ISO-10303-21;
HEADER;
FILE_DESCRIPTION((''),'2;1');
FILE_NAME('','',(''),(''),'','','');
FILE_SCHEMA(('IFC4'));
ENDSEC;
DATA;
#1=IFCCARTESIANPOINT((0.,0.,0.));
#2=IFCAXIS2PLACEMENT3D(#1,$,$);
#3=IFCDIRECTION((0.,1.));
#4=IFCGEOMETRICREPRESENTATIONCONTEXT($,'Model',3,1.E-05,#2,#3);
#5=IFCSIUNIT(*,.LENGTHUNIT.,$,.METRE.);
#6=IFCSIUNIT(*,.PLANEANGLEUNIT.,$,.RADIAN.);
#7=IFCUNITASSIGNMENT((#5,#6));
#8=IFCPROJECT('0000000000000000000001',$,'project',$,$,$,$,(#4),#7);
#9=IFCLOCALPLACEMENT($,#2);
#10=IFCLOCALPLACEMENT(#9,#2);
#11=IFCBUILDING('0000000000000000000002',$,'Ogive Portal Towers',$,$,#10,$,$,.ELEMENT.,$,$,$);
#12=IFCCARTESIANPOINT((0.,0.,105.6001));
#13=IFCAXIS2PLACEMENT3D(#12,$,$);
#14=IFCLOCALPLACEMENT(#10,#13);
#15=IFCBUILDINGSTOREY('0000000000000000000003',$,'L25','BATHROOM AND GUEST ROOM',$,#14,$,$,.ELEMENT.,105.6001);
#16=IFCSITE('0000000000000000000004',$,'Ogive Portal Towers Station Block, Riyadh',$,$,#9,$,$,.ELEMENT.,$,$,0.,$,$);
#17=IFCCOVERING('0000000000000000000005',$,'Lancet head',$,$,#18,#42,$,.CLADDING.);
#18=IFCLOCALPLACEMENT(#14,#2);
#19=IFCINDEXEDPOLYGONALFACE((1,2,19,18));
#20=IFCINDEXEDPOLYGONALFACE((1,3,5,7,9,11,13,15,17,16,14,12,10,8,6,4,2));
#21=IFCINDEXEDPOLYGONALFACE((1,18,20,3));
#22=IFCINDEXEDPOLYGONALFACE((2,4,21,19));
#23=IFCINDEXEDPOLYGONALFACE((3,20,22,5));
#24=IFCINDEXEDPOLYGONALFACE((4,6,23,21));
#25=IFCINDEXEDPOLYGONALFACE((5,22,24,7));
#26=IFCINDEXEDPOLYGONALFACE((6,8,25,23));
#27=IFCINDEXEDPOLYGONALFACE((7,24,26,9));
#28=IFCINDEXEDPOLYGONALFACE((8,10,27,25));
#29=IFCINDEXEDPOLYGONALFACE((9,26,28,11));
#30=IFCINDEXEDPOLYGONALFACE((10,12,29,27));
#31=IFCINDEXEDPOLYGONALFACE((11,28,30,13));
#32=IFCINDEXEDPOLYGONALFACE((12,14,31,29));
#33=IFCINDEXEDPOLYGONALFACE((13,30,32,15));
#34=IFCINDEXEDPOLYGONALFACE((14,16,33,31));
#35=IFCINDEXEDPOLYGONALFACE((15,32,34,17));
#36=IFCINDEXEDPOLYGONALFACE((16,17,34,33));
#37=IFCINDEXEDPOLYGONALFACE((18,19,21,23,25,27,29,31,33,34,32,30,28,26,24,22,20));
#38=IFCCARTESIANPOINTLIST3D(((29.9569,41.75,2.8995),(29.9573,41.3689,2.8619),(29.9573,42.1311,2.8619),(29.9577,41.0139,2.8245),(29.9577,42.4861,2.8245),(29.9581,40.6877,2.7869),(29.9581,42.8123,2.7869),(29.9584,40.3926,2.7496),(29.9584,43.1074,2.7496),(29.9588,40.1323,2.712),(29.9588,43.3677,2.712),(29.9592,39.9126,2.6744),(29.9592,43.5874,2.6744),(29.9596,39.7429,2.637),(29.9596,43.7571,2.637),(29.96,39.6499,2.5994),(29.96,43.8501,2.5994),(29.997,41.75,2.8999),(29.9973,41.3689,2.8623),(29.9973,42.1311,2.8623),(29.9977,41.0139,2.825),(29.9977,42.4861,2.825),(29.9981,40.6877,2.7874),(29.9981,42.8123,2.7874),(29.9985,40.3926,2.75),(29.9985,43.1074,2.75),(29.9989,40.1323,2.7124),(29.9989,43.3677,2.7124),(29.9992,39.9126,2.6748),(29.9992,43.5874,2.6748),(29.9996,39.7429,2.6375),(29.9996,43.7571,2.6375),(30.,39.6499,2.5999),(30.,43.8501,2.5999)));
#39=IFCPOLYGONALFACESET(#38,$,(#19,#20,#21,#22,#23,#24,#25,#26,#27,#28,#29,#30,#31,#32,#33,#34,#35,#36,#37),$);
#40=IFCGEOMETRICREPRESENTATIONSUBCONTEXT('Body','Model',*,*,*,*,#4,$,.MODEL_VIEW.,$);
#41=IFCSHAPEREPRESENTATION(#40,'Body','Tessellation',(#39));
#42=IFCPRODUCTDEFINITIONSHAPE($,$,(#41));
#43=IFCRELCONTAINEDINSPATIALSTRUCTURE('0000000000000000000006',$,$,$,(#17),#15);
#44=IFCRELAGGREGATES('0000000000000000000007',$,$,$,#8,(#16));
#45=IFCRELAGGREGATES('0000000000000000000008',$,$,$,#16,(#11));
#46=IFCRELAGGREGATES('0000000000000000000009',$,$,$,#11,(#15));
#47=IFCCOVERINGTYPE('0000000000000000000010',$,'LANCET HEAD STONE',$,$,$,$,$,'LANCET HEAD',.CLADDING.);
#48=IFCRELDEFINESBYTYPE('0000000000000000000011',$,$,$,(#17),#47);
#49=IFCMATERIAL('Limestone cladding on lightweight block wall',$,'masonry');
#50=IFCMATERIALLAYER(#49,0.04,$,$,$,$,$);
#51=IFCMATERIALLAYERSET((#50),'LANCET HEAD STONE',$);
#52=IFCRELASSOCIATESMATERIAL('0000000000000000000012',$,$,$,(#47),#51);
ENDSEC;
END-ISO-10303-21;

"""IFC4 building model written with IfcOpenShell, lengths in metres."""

from ifc_helpers import new_model, si_unit, direction, frame, origin, place, context, subcontext, project, spatial, polyline, outline, extrude, material, layer, layer_set, type_object, element, save


model = new_model("IFC4")

# Units and contexts
model_context = context("Model", 3, precision=1e-05, world=origin(), true_north=direction((0.0, 1.0)))
body_context = subcontext(model_context, "Body", "Model", "MODEL_VIEW")
ifc_project = project(units=[si_unit("LENGTHUNIT", "METRE"), si_unit("PLANEANGLEUNIT", "RADIAN")], contexts=[model_context])

# Site, building, storey
site_placement = place(None, origin())
site = spatial("IfcSite", under=ifc_project, at=site_placement, Name="Ogive Portal Towers Station Block, Riyadh", CompositionType="ELEMENT", RefElevation=0.0)
building_placement = place(site_placement, origin())
building = spatial("IfcBuilding", under=site, at=building_placement, Name="Ogive Portal Towers", CompositionType="ELEMENT")
storey_placement = place(building_placement, frame((0.0, 0.0, 105.6001)))
storey = spatial("IfcBuildingStorey", under=building, at=storey_placement, Name="L25", Description="BATHROOM AND GUEST ROOM", CompositionType="ELEMENT", Elevation=105.6001)

# Covering
ifc_material_1 = material(Name="Limestone cladding on lightweight block wall", Category="masonry")
ifc_layer_1 = layer(ifc_material_1, 0.04)
ifc_layer_set_1 = layer_set([ifc_layer_1], Name="LANCET HEAD STONE")
covering_type = type_object("IfcCoveringType", Name="LANCET HEAD STONE", ElementType="LANCET HEAD", PredefinedType="CLADDING", material=ifc_layer_set_1)
for number, where, z_axis, x_axis, name in (
    (1, (30.0, 43.8501, 2.5999), (0.999949, 0.0, 0.010103), (0.0, -1.0, 0.0), "Lancet head"),
):
    element("IfcCovering", number, at=place(storey_placement, frame(where, z_axis=z_axis, x_axis=x_axis)), inside=storey, type_object=covering_type, Name=name, PredefinedType="CLADDING", context=body_context, shape_type="SweptSolid", body=[
        extrude(outline(polyline([(0.0, 0.0), (4.2002, 0.0), (4.1072, -0.0376), (3.9375, -0.075), (3.7178, -0.1126), (3.4575, -0.1502), (3.1624, -0.1875), (2.8362, -0.2251), (2.4812, -0.2625), (2.1001, -0.3001), (1.719, -0.2625), (1.364, -0.2251), (1.0378, -0.1875), (0.7427, -0.1502), (0.4824, -0.1126), (0.2627, -0.075), (0.093, -0.0376), (0.0, 0.0)])), origin(), (0.0, 0.0, -1.0), 0.04),
    ])

save(model, "model.ifc")
